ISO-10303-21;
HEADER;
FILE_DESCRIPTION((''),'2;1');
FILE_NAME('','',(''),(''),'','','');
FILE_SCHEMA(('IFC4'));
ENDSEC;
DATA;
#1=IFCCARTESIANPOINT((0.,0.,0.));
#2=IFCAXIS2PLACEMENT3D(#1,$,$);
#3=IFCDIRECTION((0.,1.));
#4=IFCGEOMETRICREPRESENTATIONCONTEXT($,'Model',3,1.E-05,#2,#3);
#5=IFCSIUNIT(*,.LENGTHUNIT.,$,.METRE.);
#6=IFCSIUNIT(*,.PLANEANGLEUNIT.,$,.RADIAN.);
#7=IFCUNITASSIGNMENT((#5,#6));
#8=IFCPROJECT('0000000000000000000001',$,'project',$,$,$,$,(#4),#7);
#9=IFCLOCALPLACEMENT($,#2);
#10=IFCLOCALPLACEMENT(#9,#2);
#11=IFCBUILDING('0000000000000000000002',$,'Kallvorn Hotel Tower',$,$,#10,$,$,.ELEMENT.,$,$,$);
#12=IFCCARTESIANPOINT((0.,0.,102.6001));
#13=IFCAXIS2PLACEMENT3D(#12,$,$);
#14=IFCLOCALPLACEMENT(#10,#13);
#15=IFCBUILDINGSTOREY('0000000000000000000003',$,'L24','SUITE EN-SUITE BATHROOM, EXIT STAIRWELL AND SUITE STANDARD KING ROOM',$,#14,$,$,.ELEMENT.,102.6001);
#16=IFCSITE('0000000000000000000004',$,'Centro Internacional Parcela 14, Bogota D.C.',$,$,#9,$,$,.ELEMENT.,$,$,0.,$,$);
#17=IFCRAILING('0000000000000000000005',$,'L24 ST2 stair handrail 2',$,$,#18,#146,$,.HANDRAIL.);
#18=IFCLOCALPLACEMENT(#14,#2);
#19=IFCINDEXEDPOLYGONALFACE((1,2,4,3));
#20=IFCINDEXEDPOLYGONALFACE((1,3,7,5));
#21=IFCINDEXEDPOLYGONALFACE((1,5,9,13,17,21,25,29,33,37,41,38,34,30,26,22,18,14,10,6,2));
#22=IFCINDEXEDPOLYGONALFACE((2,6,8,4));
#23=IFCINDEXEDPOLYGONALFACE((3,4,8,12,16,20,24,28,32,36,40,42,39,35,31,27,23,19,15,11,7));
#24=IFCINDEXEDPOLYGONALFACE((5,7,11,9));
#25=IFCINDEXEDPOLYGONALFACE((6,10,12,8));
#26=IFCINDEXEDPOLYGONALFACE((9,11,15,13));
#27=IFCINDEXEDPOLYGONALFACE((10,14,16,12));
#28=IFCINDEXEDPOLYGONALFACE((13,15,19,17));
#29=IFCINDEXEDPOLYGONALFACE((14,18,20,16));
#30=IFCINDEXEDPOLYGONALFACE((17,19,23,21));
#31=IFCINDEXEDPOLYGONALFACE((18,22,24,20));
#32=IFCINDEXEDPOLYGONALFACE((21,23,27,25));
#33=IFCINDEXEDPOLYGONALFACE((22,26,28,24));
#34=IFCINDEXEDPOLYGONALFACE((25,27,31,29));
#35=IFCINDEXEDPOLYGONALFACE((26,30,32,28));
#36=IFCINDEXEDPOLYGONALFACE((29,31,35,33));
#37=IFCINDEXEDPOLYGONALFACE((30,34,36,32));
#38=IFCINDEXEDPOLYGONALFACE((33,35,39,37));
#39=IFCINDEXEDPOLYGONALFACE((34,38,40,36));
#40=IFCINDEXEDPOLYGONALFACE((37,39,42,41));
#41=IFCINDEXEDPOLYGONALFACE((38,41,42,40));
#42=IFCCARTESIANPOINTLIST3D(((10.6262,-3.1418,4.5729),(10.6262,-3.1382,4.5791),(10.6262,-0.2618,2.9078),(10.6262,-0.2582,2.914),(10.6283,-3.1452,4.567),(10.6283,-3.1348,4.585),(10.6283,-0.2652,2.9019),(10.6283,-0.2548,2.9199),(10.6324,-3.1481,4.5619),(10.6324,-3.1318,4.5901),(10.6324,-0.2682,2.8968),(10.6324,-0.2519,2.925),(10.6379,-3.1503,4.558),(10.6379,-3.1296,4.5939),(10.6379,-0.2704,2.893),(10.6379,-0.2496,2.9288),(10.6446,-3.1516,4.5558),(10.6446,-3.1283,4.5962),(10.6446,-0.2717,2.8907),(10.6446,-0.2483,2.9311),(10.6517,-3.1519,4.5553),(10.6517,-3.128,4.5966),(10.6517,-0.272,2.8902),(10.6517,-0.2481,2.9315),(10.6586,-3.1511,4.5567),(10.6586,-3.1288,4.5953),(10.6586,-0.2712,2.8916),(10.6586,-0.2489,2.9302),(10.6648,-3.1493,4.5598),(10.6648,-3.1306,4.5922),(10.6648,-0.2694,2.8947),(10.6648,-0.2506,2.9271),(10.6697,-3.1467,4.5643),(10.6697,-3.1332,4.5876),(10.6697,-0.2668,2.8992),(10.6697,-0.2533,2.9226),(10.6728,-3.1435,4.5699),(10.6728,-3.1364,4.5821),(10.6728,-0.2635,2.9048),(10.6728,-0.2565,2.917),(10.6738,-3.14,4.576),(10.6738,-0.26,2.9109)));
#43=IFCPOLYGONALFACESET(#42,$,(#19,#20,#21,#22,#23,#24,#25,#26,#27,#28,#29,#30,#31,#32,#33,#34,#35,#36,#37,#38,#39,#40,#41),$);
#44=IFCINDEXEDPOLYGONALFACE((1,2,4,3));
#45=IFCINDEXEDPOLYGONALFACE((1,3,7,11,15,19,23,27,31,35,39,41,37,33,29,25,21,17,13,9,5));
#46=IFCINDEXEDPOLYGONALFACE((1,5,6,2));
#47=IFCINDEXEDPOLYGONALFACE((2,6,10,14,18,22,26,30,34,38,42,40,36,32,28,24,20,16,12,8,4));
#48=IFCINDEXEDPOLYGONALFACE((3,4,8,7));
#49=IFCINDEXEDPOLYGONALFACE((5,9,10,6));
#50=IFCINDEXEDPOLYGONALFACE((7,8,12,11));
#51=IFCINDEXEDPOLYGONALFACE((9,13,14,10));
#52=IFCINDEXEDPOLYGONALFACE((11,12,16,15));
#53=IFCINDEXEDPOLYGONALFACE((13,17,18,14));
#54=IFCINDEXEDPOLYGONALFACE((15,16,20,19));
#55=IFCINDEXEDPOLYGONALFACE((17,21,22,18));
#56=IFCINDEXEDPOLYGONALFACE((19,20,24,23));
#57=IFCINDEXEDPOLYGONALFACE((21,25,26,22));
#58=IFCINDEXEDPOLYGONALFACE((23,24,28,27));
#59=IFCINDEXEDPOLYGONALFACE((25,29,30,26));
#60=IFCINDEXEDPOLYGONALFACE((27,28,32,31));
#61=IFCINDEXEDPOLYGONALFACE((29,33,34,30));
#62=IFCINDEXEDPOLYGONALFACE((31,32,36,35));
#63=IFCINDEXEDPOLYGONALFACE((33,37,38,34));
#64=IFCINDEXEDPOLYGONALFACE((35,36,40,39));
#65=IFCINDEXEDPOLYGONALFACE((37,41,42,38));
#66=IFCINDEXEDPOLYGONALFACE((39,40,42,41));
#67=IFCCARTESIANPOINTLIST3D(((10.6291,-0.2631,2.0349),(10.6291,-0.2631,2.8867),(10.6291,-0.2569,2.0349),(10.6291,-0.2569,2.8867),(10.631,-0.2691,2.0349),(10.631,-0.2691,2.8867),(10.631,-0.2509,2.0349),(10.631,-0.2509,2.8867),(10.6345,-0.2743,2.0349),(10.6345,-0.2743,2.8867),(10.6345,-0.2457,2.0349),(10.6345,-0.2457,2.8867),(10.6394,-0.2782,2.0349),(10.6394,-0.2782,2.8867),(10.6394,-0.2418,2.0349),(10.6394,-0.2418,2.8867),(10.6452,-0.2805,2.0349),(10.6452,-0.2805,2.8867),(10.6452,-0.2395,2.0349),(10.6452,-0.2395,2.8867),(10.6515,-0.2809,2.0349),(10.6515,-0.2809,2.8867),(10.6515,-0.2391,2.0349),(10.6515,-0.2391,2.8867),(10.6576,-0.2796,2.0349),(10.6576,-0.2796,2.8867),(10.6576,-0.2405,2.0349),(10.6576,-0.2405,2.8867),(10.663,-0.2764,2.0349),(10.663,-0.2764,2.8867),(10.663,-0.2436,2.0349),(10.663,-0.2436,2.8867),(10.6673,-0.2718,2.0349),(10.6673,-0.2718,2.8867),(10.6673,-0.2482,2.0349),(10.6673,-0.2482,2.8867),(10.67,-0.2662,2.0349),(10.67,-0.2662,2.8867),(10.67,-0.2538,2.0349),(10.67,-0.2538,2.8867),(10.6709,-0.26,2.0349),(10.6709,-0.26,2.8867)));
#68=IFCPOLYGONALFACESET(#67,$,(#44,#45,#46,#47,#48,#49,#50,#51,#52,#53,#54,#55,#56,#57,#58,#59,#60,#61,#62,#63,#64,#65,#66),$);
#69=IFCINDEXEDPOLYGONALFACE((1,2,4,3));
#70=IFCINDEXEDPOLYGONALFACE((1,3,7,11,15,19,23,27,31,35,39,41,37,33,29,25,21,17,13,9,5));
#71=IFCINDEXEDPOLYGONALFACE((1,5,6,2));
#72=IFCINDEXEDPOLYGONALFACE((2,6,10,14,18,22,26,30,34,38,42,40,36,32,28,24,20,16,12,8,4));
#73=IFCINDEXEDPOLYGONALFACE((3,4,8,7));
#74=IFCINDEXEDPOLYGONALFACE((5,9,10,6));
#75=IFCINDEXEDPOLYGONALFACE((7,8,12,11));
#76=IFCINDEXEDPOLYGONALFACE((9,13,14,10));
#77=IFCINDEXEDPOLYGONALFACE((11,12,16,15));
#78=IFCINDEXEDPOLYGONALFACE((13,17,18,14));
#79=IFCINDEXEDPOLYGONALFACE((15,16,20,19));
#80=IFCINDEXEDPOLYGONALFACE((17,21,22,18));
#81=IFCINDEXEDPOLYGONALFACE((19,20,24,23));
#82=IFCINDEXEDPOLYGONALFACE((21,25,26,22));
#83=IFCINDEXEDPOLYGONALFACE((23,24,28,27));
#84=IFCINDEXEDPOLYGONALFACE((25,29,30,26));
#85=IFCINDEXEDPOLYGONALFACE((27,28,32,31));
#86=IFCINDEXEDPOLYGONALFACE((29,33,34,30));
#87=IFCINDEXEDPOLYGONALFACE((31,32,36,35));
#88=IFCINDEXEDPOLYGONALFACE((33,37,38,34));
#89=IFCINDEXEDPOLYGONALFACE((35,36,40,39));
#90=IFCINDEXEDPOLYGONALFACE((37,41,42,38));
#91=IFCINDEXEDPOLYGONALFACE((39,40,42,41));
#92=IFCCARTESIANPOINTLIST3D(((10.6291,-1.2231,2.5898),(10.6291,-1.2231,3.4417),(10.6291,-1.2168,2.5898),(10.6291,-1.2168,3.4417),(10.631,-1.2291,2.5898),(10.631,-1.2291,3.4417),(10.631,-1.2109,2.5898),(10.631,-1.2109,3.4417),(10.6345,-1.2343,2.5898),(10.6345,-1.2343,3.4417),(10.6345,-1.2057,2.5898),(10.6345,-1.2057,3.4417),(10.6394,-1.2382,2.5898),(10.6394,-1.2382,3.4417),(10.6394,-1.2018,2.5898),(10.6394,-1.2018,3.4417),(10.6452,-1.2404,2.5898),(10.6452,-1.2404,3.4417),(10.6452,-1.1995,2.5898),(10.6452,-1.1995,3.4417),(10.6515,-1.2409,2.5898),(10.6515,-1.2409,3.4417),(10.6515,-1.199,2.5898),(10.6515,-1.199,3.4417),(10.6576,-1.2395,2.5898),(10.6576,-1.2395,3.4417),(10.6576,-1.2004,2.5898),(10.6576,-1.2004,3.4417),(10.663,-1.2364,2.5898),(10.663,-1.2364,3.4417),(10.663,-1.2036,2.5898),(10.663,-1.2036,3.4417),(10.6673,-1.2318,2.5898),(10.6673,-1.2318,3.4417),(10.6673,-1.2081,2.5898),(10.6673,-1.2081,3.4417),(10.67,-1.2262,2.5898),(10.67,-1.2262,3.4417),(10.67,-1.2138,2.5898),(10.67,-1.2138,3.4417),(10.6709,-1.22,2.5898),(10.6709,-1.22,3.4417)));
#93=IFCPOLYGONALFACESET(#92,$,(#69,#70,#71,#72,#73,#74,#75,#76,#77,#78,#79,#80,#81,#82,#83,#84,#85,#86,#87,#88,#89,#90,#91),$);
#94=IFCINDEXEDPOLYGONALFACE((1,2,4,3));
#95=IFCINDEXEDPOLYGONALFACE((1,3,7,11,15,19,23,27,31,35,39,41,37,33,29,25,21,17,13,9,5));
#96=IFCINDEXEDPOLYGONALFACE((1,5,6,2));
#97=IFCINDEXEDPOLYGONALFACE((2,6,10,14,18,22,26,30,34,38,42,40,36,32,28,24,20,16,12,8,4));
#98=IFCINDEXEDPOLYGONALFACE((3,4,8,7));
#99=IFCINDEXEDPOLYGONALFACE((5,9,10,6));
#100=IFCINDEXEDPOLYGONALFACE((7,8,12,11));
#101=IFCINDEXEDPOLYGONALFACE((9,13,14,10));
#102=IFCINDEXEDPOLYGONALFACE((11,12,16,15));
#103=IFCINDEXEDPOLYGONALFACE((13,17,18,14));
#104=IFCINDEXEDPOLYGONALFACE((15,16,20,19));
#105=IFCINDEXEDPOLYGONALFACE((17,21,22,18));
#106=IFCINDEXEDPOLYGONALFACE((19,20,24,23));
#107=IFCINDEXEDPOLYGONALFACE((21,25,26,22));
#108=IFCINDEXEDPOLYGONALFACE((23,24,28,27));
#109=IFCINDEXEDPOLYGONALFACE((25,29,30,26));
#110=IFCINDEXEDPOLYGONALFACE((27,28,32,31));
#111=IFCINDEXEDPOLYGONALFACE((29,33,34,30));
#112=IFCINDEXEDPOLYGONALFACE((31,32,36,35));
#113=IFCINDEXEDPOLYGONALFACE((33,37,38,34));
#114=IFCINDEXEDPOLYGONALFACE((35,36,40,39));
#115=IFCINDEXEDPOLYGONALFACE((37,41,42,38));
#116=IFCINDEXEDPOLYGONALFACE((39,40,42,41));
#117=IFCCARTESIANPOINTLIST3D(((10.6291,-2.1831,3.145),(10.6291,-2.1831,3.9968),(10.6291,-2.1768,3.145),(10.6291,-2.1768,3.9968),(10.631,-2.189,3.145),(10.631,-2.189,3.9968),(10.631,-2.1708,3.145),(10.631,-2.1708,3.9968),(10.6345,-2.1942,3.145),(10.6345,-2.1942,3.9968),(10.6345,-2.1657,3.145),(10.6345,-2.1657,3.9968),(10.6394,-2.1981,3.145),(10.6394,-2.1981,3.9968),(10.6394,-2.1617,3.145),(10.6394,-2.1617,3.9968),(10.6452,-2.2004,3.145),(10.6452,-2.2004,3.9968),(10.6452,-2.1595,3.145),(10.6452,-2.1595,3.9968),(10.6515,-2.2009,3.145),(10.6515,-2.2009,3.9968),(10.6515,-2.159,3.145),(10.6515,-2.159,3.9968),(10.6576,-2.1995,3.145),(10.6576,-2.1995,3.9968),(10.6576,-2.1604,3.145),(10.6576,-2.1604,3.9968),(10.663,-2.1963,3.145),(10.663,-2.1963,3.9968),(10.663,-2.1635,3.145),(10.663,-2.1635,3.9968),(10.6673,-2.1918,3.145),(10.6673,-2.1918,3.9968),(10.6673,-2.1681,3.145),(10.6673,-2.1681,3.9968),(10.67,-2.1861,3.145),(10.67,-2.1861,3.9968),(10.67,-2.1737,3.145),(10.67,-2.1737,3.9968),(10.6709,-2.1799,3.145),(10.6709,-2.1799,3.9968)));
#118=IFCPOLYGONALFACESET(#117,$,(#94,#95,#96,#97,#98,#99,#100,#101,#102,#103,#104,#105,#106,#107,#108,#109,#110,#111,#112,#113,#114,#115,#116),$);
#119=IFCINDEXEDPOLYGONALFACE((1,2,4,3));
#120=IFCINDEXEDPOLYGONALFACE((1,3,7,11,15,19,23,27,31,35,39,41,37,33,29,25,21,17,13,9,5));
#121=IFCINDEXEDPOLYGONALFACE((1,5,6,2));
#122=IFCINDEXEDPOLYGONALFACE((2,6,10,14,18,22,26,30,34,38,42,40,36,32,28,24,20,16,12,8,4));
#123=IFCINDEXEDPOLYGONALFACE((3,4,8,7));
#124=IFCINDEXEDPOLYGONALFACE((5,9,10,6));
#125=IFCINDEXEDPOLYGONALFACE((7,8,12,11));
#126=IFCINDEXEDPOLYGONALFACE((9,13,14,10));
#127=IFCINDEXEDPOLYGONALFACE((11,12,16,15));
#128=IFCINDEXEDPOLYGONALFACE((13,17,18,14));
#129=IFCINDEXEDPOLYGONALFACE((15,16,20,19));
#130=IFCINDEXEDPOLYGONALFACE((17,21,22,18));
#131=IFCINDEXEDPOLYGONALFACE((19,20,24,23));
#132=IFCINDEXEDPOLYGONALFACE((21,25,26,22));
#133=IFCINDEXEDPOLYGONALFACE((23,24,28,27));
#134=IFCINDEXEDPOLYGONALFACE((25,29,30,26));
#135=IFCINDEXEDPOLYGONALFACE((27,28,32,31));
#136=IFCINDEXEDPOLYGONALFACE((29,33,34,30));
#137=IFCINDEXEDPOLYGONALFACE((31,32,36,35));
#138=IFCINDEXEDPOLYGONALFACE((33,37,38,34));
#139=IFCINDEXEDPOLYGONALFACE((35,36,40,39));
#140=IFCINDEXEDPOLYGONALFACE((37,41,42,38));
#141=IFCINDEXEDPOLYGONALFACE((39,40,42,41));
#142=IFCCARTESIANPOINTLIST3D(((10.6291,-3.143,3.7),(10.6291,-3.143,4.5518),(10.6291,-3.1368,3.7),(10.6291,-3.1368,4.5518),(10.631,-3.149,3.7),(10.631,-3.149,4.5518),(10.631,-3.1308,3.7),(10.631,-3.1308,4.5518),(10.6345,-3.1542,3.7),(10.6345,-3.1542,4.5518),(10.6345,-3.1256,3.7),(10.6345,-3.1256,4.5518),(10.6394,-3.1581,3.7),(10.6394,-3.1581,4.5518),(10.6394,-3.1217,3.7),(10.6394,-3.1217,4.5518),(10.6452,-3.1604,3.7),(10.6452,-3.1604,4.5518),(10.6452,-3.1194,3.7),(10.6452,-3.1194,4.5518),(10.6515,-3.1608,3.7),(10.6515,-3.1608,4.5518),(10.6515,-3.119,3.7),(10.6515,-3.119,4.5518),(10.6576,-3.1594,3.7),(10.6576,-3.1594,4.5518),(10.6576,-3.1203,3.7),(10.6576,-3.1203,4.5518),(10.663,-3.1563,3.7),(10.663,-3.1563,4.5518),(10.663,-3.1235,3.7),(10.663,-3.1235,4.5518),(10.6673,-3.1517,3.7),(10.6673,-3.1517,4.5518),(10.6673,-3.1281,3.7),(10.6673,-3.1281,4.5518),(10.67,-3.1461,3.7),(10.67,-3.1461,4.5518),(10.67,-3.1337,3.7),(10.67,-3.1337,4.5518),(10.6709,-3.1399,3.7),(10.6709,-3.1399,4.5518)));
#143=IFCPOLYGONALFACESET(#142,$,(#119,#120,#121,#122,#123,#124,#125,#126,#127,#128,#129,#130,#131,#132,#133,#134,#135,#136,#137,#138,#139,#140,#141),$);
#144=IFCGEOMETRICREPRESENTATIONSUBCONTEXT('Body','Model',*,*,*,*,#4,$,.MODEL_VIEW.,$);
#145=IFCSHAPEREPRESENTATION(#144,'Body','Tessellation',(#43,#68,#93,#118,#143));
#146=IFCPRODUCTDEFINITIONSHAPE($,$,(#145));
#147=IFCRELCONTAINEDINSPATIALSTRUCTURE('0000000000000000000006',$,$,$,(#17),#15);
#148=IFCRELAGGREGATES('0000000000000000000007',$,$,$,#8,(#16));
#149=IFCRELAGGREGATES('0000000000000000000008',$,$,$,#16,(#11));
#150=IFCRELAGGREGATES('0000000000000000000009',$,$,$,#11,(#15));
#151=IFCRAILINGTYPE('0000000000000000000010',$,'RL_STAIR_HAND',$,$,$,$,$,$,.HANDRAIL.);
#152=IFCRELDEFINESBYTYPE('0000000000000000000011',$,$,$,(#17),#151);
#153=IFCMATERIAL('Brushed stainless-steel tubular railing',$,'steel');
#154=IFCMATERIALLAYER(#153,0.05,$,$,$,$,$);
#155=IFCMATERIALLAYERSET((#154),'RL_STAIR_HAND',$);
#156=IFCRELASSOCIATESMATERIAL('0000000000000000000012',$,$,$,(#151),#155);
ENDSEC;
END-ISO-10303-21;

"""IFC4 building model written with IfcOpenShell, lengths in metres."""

from ifc_helpers import new_model, si_unit, direction, frame, origin, origin_2d, place, context, subcontext, project, spatial, circle, extrude, material, layer, layer_set, type_object, element, save


model = new_model("IFC4")

# Units and contexts
model_context = context("Model", 3, precision=1e-05, world=origin(), true_north=direction((0.0, 1.0)))
body_context = subcontext(model_context, "Body", "Model", "MODEL_VIEW")
ifc_project = project(units=[si_unit("LENGTHUNIT", "METRE"), si_unit("PLANEANGLEUNIT", "RADIAN")], contexts=[model_context])

# Site, building, storey
site_placement = place(None, origin())
site = spatial("IfcSite", under=ifc_project, at=site_placement, Name="Centro Internacional Parcela 14, Bogota D.C.", CompositionType="ELEMENT", RefElevation=0.0)
building_placement = place(site_placement, origin())
building = spatial("IfcBuilding", under=site, at=building_placement, Name="Kallvorn Hotel Tower", CompositionType="ELEMENT")
storey_placement = place(building_placement, frame((0.0, 0.0, 102.6001)))
storey = spatial("IfcBuildingStorey", under=building, at=storey_placement, Name="L24", Description="SUITE EN-SUITE BATHROOM, EXIT STAIRWELL AND SUITE STANDARD KING ROOM", CompositionType="ELEMENT", Elevation=102.6001)

# Railing
ifc_material_1 = material(Name="Brushed stainless-steel tubular railing", Category="steel")
ifc_layer_1 = layer(ifc_material_1, 0.05)
ifc_layer_set_1 = layer_set([ifc_layer_1], Name="RL_STAIR_HAND")
railing_type_1 = type_object("IfcRailingType", Name="RL_STAIR_HAND", PredefinedType="HANDRAIL", material=ifc_layer_set_1)
railing_1_placement = place(storey_placement, frame((10.6499, -0.26, 2.0349)))
element("IfcRailing", 1, at=railing_1_placement, inside=storey, type_object=railing_type_1, Name="L24 ST2 stair handrail 2", PredefinedType="HANDRAIL", context=body_context, shape_type="SweptSolid", body=[
    extrude(circle(Radius=0.0239, at=origin_2d()), frame((0.0, 0.0, 0.876), z_axis=(0.0, -0.865721, 0.500527), x_axis=(1.0, 0.0, 0.0)), (0.0, 0.0, 1.0), 3.3267),
    extrude(circle(Radius=0.021, at=origin_2d()), origin(), (0.0, 0.0, 1.0), 0.8518),
    extrude(circle(Radius=0.021, at=origin_2d()), frame((0.0, -0.96, 0.5549)), (0.0, 0.0, 1.0), 0.8518),
    extrude(circle(Radius=0.021, at=origin_2d()), frame((0.0, -1.9199, 1.1101)), (0.0, 0.0, 1.0), 0.8518),
    extrude(circle(Radius=0.021, at=origin_2d()), frame((0.0, -2.8799, 1.665)), (0.0, 0.0, 1.0), 0.8518),
])

save(model, "model.ifc")
